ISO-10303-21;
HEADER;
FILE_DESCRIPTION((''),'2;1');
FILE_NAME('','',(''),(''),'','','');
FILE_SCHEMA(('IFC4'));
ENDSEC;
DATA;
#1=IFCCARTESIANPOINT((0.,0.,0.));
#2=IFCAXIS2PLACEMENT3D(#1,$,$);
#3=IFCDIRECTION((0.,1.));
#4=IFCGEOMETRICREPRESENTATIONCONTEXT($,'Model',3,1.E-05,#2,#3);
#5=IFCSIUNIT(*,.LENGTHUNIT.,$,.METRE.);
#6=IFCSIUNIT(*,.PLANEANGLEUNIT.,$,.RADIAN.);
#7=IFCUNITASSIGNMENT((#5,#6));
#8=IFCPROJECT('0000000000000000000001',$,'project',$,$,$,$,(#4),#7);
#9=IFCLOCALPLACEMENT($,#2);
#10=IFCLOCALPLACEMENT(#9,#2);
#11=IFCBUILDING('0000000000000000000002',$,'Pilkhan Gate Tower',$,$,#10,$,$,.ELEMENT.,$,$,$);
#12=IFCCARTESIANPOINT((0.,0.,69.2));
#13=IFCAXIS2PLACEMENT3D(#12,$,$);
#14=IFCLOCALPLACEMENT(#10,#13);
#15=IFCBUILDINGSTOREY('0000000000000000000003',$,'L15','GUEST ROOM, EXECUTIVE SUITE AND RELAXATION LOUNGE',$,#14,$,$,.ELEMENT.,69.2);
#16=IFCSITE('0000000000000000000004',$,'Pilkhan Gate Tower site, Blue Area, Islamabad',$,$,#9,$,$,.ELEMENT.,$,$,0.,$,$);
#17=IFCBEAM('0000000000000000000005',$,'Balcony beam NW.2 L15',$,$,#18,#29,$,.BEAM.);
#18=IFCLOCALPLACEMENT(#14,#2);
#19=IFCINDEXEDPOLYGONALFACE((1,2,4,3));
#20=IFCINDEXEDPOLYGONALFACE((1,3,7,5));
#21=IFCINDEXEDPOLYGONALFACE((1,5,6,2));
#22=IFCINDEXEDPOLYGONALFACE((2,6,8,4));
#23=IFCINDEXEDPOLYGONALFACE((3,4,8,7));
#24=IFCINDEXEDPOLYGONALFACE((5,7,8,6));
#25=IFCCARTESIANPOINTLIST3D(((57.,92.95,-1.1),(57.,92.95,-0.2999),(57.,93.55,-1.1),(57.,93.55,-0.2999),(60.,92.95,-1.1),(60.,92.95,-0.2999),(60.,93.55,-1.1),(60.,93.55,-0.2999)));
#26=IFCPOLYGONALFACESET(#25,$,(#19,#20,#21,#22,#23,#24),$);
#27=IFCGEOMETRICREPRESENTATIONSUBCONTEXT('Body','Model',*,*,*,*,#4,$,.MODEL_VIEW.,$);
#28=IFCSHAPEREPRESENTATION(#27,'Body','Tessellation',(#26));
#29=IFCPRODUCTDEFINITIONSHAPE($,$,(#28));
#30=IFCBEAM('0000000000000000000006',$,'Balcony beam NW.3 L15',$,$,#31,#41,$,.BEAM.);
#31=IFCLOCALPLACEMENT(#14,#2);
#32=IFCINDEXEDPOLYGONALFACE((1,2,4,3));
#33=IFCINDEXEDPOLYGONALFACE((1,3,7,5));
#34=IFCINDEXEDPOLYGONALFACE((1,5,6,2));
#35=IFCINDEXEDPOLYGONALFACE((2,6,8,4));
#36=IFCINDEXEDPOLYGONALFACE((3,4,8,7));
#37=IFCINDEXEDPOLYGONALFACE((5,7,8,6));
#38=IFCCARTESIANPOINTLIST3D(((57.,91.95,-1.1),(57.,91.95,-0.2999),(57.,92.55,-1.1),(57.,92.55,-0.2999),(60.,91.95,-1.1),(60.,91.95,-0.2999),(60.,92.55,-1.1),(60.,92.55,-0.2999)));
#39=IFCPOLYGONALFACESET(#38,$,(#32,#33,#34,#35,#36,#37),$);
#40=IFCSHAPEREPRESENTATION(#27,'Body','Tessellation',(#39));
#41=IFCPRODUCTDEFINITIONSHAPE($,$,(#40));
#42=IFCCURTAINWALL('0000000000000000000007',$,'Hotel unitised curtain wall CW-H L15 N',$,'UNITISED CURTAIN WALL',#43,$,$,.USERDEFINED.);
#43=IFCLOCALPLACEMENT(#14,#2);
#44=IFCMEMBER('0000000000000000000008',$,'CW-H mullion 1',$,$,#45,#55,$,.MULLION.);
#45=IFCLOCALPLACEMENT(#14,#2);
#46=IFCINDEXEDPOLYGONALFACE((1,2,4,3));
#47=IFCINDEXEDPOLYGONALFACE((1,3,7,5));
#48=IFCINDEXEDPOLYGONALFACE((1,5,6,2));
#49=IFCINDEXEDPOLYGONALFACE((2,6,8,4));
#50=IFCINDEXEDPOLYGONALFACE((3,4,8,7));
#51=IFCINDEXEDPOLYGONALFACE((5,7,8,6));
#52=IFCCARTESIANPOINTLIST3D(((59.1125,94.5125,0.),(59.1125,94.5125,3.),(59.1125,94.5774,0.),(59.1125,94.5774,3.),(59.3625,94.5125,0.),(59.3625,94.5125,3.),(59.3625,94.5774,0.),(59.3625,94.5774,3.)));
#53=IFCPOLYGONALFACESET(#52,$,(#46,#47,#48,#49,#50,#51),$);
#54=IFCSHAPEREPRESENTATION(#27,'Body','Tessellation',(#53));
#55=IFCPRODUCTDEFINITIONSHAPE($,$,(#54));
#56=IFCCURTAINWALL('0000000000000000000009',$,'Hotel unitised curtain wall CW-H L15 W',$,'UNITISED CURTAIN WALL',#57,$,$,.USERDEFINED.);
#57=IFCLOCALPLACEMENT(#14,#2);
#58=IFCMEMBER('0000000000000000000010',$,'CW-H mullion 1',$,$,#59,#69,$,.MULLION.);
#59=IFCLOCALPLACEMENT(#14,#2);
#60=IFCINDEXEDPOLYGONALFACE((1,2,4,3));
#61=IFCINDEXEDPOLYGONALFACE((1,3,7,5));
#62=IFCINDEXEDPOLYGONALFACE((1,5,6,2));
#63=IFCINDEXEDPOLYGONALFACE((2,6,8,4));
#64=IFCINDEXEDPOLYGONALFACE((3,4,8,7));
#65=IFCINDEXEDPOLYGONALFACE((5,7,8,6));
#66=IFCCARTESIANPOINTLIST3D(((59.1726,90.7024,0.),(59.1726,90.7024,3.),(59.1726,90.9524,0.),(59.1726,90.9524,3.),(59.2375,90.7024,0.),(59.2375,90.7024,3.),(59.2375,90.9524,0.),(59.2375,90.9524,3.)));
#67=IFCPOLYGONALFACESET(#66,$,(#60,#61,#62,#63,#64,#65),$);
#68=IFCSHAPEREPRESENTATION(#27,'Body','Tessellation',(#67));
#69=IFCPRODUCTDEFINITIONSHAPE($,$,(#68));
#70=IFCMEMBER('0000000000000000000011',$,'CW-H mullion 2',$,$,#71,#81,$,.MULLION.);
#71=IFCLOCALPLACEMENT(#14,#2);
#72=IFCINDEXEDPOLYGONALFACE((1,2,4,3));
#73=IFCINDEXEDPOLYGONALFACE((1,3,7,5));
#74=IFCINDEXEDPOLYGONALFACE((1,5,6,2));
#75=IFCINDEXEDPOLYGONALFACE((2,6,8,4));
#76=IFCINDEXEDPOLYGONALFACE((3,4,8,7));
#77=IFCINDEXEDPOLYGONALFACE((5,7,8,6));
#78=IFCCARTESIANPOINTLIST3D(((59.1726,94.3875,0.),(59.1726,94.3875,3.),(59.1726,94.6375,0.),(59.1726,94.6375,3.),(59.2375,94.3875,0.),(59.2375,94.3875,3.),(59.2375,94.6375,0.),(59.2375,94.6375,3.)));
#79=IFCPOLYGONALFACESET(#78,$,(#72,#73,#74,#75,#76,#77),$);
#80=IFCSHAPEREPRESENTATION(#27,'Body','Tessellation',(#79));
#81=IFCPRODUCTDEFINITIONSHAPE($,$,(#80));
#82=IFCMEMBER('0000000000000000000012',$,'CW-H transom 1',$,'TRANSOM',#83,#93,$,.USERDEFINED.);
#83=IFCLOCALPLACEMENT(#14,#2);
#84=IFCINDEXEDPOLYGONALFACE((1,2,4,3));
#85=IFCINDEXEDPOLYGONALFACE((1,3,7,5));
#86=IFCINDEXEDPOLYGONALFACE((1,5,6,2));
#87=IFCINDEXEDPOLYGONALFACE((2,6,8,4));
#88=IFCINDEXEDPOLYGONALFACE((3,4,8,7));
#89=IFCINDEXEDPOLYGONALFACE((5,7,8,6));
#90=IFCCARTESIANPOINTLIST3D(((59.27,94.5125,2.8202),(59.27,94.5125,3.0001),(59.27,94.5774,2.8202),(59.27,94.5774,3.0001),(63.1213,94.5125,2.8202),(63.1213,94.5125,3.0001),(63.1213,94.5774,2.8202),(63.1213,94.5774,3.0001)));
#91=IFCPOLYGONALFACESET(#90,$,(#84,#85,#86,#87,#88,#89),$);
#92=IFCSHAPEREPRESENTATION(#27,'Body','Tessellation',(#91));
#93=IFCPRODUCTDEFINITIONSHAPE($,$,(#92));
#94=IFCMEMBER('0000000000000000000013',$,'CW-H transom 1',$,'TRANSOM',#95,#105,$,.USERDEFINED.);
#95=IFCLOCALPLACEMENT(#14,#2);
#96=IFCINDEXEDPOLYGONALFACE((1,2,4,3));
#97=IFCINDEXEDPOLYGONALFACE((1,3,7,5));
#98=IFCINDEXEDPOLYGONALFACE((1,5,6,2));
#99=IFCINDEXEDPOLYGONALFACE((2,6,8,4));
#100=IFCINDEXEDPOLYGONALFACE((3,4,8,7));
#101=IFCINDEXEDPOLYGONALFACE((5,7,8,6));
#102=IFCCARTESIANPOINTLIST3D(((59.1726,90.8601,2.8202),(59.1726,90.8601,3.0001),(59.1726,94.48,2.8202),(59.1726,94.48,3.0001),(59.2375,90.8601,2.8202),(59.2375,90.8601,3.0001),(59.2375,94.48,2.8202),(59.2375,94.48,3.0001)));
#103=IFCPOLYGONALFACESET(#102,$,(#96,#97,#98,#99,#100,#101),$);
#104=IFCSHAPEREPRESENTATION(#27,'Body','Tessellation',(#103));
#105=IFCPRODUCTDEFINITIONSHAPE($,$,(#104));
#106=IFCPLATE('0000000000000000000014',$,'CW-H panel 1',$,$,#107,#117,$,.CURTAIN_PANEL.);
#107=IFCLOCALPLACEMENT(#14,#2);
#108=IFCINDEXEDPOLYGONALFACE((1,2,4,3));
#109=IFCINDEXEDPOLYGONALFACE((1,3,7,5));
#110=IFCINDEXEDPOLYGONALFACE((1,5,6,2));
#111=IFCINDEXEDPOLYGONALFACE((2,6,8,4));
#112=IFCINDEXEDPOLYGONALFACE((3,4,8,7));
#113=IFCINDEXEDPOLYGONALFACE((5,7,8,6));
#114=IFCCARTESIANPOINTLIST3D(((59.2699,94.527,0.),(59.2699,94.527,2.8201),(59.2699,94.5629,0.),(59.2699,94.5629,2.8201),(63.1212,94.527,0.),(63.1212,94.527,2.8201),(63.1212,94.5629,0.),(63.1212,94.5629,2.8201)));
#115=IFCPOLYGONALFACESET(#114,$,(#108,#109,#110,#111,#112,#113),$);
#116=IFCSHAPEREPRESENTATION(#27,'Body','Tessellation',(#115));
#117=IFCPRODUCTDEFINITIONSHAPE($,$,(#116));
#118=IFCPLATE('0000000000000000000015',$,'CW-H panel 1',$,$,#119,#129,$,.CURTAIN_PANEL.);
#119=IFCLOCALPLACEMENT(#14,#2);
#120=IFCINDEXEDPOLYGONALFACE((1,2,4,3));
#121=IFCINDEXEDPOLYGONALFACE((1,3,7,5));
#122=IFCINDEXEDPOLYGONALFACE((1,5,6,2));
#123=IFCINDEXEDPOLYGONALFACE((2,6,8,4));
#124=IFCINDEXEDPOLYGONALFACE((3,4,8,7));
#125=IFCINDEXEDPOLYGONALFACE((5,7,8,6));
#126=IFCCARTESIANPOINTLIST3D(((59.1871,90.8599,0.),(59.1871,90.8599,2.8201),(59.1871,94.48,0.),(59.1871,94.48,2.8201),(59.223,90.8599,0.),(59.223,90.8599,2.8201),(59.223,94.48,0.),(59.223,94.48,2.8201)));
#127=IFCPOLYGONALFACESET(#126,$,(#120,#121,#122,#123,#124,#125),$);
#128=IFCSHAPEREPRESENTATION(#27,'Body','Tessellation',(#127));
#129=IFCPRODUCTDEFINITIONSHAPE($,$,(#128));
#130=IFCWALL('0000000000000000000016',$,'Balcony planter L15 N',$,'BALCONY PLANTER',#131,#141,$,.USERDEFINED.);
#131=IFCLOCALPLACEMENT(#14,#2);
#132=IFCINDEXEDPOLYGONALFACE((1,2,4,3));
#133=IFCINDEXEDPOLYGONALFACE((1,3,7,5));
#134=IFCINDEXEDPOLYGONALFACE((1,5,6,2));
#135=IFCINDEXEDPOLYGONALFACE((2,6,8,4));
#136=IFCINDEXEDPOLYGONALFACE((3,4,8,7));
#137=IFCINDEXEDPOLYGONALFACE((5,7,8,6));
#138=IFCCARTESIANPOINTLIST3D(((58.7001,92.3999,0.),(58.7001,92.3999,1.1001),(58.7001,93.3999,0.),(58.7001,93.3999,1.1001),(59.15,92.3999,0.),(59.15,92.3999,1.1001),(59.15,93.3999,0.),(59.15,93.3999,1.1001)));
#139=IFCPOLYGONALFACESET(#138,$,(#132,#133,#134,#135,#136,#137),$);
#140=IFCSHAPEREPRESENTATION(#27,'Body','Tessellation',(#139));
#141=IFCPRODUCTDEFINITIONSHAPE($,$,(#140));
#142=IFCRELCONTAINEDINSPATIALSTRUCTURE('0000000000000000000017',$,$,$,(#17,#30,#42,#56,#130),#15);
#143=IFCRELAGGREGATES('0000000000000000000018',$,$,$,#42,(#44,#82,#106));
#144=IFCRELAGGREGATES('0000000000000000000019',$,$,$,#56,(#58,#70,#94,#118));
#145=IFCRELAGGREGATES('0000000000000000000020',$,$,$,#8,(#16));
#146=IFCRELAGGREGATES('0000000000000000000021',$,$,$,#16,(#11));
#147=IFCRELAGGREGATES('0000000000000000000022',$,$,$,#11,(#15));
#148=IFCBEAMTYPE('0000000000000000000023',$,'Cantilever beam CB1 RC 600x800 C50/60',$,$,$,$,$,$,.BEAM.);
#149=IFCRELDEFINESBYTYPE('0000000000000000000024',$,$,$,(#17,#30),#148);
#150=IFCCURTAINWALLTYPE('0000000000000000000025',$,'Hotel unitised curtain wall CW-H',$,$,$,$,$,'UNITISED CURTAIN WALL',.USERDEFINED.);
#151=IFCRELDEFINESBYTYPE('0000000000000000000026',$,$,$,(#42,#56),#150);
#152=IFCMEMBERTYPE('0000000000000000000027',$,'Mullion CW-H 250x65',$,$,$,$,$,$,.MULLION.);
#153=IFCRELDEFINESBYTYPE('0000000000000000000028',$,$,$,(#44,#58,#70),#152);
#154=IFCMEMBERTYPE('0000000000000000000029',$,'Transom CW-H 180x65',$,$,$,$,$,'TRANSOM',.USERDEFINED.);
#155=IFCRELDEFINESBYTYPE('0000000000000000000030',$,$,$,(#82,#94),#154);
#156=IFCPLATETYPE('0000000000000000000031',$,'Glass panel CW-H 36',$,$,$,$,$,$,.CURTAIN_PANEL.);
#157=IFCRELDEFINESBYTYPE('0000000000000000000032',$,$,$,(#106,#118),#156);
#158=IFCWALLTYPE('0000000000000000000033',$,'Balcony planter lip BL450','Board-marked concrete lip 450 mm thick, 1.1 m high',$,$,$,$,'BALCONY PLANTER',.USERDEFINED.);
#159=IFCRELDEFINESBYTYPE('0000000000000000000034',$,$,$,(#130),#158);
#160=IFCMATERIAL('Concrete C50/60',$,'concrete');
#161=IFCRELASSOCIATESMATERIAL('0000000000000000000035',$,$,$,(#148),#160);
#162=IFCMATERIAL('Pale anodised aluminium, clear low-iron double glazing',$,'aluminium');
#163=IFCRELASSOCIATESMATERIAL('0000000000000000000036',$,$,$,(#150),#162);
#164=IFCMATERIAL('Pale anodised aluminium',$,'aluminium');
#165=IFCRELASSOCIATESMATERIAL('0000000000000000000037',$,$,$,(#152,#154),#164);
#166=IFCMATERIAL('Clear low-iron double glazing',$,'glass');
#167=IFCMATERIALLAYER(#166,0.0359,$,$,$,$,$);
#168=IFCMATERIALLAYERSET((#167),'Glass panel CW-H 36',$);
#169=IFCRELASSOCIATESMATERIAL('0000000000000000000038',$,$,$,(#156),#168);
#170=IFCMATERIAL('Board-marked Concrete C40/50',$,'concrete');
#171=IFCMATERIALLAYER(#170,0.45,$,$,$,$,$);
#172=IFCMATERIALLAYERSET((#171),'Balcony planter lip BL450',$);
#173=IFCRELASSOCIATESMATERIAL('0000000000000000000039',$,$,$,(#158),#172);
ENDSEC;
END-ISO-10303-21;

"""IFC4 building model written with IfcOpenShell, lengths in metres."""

from ifc_helpers import new_model, si_unit, direction, frame, frame_2d, origin, origin_2d, place, context, subcontext, project, spatial, rectangle, extrude, material, layer, layer_set, material_profile, profile_set, type_object, element, aggregate, save


model = new_model("IFC4")

# Units and contexts
model_context = context("Model", 3, precision=1e-05, world=origin(), true_north=direction((0.0, 1.0)))
body_context = subcontext(model_context, "Body", "Model", "MODEL_VIEW")
ifc_project = project(units=[si_unit("LENGTHUNIT", "METRE"), si_unit("PLANEANGLEUNIT", "RADIAN")], contexts=[model_context])

# Site, building, storey
site_placement = place(None, origin())
site = spatial("IfcSite", under=ifc_project, at=site_placement, Name="Pilkhan Gate Tower site, Blue Area, Islamabad", CompositionType="ELEMENT", RefElevation=0.0)
building_placement = place(site_placement, origin())
building = spatial("IfcBuilding", under=site, at=building_placement, Name="Pilkhan Gate Tower", CompositionType="ELEMENT")
storey_placement = place(building_placement, frame((0.0, 0.0, 69.2)))
storey = spatial("IfcBuildingStorey", under=building, at=storey_placement, Name="L15", Description="GUEST ROOM, EXECUTIVE SUITE AND RELAXATION LOUNGE", CompositionType="ELEMENT", Elevation=69.2)

# Beams
ifc_material_1 = material(Name="Concrete C50/60", Category="concrete")
ifc_material_profile_1 = material_profile(ifc_material_1, rectangle(XDim=0.6001, YDim=0.8, at=origin_2d()), Name="RC 600x800")
ifc_profile_set_1 = profile_set([ifc_material_profile_1], Name="Concrete C50/60")
beam_type = type_object("IfcBeamType", Name="Cantilever beam CB1 RC 600x800 C50/60", PredefinedType="BEAM", material=ifc_profile_set_1)
for number, where, z_axis, x_axis, name in (
    (1, (60.0, 93.25, -0.7), (-1.0, 0.0, 0.0), (0.0, -1.0, 0.0), "Balcony beam NW.2 L15"),
    (2, (60.0, 92.25, -0.7), (-1.0, 0.0, 0.0), (0.0, -1.0, 0.0), "Balcony beam NW.3 L15"),
):
    element("IfcBeam", number, at=place(storey_placement, frame(where, z_axis=z_axis, x_axis=x_axis)), inside=storey, type_object=beam_type, Name=name, PredefinedType="BEAM", context=body_context, shape_type="SweptSolid", body=[
        extrude(rectangle(XDim=0.6001, YDim=0.8, at=origin_2d()), origin(), (0.0, 0.0, 1.0), 3.0),
    ])

# Curtain wall, member
ifc_material_2 = material(Name="Pale anodised aluminium, clear low-iron double glazing", Category="aluminium")
curtain_wall_type = type_object("IfcCurtainWallType", Name="Hotel unitised curtain wall CW-H", ElementType="UNITISED CURTAIN WALL", PredefinedType="USERDEFINED", material=ifc_material_2)
curtain_wall_1_placement = place(storey_placement, origin())
curtain_wall_1 = element("IfcCurtainWall", 3, at=curtain_wall_1_placement, inside=storey, type_object=curtain_wall_type, Name="Hotel unitised curtain wall CW-H L15 N", ObjectType="UNITISED CURTAIN WALL", PredefinedType="USERDEFINED")
ifc_material_3 = material(Name="Pale anodised aluminium", Category="aluminium")
ifc_material_profile_2 = material_profile(ifc_material_3, rectangle(XDim=0.0649, YDim=0.25, at=origin_2d()), Name="Mullion 250x65")
ifc_profile_set_2 = profile_set([ifc_material_profile_2], Name="Pale anodised aluminium")
member_type_1 = type_object("IfcMemberType", Name="Mullion CW-H 250x65", PredefinedType="MULLION", material=ifc_profile_set_2)
member_1_placement = place(storey_placement, frame((59.2375, 94.5449, 0.0), z_axis=(0.0, 0.0, 1.0), x_axis=(0.0, 1.0, 0.0)))
member_1 = element("IfcMember", 4, at=member_1_placement, type_object=member_type_1, Name="CW-H mullion 1", PredefinedType="MULLION", context=body_context, shape_type="SweptSolid", body=[
    extrude(rectangle(XDim=0.0649, YDim=0.25, at=origin_2d()), origin(), (0.0, 0.0, 1.0), 3.0),
])

# Curtain wall, members
curtain_wall_2_placement = place(storey_placement, origin())
curtain_wall_2 = element("IfcCurtainWall", 5, at=curtain_wall_2_placement, inside=storey, type_object=curtain_wall_type, Name="Hotel unitised curtain wall CW-H L15 W", ObjectType="UNITISED CURTAIN WALL", PredefinedType="USERDEFINED")
member_2_placement = place(storey_placement, frame((59.2051, 90.8274, 0.0), z_axis=(0.0, 0.0, 1.0), x_axis=(-1.0, 0.0, 0.0)))
member_2 = element("IfcMember", 6, at=member_2_placement, type_object=member_type_1, Name="CW-H mullion 1", PredefinedType="MULLION", context=body_context, shape_type="SweptSolid", body=[
    extrude(rectangle(XDim=0.0649, YDim=0.25, at=origin_2d()), origin(), (0.0, 0.0, 1.0), 3.0),
])
member_3_placement = place(storey_placement, frame((59.2051, 94.5125, 0.0), z_axis=(0.0, 0.0, 1.0), x_axis=(-1.0, 0.0, 0.0)))
member_3 = element("IfcMember", 7, at=member_3_placement, type_object=member_type_1, Name="CW-H mullion 2", PredefinedType="MULLION", context=body_context, shape_type="SweptSolid", body=[
    extrude(rectangle(XDim=0.0649, YDim=0.25, at=origin_2d()), origin(), (0.0, 0.0, 1.0), 3.0),
])

# Members
ifc_material_profile_3 = material_profile(ifc_material_3, rectangle(XDim=0.0649, YDim=0.1799, at=origin_2d()), Name="Transom 180x65")
ifc_profile_set_3 = profile_set([ifc_material_profile_3], Name="Pale anodised aluminium")
member_type_2 = type_object("IfcMemberType", Name="Transom CW-H 180x65", ElementType="TRANSOM", PredefinedType="USERDEFINED", material=ifc_profile_set_3)
member_4_placement = place(storey_placement, frame((59.27, 94.5449, 2.9102), z_axis=(1.0, 0.0, 0.0), x_axis=(0.0, 1.0, 0.0)))
member_4 = element("IfcMember", 8, at=member_4_placement, type_object=member_type_2, Name="CW-H transom 1", ObjectType="TRANSOM", PredefinedType="USERDEFINED", context=body_context, shape_type="SweptSolid", body=[
    extrude(rectangle(XDim=0.0649, YDim=0.1799, at=origin_2d()), origin(), (0.0, 0.0, 1.0), 3.8513),
])
member_5_placement = place(storey_placement, frame((59.2051, 90.8601, 2.9102), z_axis=(0.0, 1.0, 0.0), x_axis=(-1.0, 0.0, 0.0)))
member_5 = element("IfcMember", 9, at=member_5_placement, type_object=member_type_2, Name="CW-H transom 1", ObjectType="TRANSOM", PredefinedType="USERDEFINED", context=body_context, shape_type="SweptSolid", body=[
    extrude(rectangle(XDim=0.0649, YDim=0.1799, at=origin_2d()), origin(), (0.0, 0.0, 1.0), 3.6199),
])

# Plates
ifc_material_4 = material(Name="Clear low-iron double glazing", Category="glass")
ifc_layer_1 = layer(ifc_material_4, 0.0359)
ifc_layer_set_1 = layer_set([ifc_layer_1], Name="Glass panel CW-H 36")
plate_type = type_object("IfcPlateType", Name="Glass panel CW-H 36", PredefinedType="CURTAIN_PANEL", material=ifc_layer_set_1)
plate_1_placement = place(storey_placement, frame((61.1956, 94.5449, 0.0), z_axis=(0.0, 0.0, 1.0), x_axis=(1.0, 0.0, 0.0)))
plate_1 = element("IfcPlate", 10, at=plate_1_placement, type_object=plate_type, Name="CW-H panel 1", PredefinedType="CURTAIN_PANEL", context=body_context, shape_type="SweptSolid", body=[
    extrude(rectangle(XDim=3.8513, YDim=0.0359, at=origin_2d()), origin(), (0.0, 0.0, 1.0), 2.8201),
])
aggregate(curtain_wall_1, [member_1, member_4, plate_1])
plate_2_placement = place(storey_placement, frame((59.2051, 92.6699, 0.0), z_axis=(0.0, 0.0, 1.0), x_axis=(0.0, 1.0, 0.0)))
plate_2 = element("IfcPlate", 11, at=plate_2_placement, type_object=plate_type, Name="CW-H panel 1", PredefinedType="CURTAIN_PANEL", context=body_context, shape_type="SweptSolid", body=[
    extrude(rectangle(XDim=3.6201, YDim=0.0359, at=origin_2d()), origin(), (0.0, 0.0, 1.0), 2.8201),
])
aggregate(curtain_wall_2, [member_2, member_3, member_5, plate_2])

# Wall
ifc_material_5 = material(Name="Board-marked Concrete C40/50", Category="concrete")
ifc_layer_2 = layer(ifc_material_5, 0.45)
ifc_layer_set_2 = layer_set([ifc_layer_2], Name="Balcony planter lip BL450")
wall_type_1 = type_object("IfcWallType", Name="Balcony planter lip BL450", Description="Board-marked concrete lip 450 mm thick, 1.1 m high", ElementType="BALCONY PLANTER", PredefinedType="USERDEFINED", material=ifc_layer_set_2)
wall_1_placement = place(storey_placement, frame((58.925, 92.3999, 0.0), z_axis=(0.0, 0.0, 1.0), x_axis=(0.0, 1.0, 0.0)))
element("IfcWall", 12, at=wall_1_placement, inside=storey, type_object=wall_type_1, Name="Balcony planter L15 N", ObjectType="BALCONY PLANTER", PredefinedType="USERDEFINED", context=body_context, shape_type="SweptSolid", body=[
    extrude(rectangle(XDim=1.0, YDim=0.45, at=frame_2d((0.5, 0.0))), origin(), (0.0, 0.0, 1.0), 1.1001),
])

save(model, "model.ifc")
